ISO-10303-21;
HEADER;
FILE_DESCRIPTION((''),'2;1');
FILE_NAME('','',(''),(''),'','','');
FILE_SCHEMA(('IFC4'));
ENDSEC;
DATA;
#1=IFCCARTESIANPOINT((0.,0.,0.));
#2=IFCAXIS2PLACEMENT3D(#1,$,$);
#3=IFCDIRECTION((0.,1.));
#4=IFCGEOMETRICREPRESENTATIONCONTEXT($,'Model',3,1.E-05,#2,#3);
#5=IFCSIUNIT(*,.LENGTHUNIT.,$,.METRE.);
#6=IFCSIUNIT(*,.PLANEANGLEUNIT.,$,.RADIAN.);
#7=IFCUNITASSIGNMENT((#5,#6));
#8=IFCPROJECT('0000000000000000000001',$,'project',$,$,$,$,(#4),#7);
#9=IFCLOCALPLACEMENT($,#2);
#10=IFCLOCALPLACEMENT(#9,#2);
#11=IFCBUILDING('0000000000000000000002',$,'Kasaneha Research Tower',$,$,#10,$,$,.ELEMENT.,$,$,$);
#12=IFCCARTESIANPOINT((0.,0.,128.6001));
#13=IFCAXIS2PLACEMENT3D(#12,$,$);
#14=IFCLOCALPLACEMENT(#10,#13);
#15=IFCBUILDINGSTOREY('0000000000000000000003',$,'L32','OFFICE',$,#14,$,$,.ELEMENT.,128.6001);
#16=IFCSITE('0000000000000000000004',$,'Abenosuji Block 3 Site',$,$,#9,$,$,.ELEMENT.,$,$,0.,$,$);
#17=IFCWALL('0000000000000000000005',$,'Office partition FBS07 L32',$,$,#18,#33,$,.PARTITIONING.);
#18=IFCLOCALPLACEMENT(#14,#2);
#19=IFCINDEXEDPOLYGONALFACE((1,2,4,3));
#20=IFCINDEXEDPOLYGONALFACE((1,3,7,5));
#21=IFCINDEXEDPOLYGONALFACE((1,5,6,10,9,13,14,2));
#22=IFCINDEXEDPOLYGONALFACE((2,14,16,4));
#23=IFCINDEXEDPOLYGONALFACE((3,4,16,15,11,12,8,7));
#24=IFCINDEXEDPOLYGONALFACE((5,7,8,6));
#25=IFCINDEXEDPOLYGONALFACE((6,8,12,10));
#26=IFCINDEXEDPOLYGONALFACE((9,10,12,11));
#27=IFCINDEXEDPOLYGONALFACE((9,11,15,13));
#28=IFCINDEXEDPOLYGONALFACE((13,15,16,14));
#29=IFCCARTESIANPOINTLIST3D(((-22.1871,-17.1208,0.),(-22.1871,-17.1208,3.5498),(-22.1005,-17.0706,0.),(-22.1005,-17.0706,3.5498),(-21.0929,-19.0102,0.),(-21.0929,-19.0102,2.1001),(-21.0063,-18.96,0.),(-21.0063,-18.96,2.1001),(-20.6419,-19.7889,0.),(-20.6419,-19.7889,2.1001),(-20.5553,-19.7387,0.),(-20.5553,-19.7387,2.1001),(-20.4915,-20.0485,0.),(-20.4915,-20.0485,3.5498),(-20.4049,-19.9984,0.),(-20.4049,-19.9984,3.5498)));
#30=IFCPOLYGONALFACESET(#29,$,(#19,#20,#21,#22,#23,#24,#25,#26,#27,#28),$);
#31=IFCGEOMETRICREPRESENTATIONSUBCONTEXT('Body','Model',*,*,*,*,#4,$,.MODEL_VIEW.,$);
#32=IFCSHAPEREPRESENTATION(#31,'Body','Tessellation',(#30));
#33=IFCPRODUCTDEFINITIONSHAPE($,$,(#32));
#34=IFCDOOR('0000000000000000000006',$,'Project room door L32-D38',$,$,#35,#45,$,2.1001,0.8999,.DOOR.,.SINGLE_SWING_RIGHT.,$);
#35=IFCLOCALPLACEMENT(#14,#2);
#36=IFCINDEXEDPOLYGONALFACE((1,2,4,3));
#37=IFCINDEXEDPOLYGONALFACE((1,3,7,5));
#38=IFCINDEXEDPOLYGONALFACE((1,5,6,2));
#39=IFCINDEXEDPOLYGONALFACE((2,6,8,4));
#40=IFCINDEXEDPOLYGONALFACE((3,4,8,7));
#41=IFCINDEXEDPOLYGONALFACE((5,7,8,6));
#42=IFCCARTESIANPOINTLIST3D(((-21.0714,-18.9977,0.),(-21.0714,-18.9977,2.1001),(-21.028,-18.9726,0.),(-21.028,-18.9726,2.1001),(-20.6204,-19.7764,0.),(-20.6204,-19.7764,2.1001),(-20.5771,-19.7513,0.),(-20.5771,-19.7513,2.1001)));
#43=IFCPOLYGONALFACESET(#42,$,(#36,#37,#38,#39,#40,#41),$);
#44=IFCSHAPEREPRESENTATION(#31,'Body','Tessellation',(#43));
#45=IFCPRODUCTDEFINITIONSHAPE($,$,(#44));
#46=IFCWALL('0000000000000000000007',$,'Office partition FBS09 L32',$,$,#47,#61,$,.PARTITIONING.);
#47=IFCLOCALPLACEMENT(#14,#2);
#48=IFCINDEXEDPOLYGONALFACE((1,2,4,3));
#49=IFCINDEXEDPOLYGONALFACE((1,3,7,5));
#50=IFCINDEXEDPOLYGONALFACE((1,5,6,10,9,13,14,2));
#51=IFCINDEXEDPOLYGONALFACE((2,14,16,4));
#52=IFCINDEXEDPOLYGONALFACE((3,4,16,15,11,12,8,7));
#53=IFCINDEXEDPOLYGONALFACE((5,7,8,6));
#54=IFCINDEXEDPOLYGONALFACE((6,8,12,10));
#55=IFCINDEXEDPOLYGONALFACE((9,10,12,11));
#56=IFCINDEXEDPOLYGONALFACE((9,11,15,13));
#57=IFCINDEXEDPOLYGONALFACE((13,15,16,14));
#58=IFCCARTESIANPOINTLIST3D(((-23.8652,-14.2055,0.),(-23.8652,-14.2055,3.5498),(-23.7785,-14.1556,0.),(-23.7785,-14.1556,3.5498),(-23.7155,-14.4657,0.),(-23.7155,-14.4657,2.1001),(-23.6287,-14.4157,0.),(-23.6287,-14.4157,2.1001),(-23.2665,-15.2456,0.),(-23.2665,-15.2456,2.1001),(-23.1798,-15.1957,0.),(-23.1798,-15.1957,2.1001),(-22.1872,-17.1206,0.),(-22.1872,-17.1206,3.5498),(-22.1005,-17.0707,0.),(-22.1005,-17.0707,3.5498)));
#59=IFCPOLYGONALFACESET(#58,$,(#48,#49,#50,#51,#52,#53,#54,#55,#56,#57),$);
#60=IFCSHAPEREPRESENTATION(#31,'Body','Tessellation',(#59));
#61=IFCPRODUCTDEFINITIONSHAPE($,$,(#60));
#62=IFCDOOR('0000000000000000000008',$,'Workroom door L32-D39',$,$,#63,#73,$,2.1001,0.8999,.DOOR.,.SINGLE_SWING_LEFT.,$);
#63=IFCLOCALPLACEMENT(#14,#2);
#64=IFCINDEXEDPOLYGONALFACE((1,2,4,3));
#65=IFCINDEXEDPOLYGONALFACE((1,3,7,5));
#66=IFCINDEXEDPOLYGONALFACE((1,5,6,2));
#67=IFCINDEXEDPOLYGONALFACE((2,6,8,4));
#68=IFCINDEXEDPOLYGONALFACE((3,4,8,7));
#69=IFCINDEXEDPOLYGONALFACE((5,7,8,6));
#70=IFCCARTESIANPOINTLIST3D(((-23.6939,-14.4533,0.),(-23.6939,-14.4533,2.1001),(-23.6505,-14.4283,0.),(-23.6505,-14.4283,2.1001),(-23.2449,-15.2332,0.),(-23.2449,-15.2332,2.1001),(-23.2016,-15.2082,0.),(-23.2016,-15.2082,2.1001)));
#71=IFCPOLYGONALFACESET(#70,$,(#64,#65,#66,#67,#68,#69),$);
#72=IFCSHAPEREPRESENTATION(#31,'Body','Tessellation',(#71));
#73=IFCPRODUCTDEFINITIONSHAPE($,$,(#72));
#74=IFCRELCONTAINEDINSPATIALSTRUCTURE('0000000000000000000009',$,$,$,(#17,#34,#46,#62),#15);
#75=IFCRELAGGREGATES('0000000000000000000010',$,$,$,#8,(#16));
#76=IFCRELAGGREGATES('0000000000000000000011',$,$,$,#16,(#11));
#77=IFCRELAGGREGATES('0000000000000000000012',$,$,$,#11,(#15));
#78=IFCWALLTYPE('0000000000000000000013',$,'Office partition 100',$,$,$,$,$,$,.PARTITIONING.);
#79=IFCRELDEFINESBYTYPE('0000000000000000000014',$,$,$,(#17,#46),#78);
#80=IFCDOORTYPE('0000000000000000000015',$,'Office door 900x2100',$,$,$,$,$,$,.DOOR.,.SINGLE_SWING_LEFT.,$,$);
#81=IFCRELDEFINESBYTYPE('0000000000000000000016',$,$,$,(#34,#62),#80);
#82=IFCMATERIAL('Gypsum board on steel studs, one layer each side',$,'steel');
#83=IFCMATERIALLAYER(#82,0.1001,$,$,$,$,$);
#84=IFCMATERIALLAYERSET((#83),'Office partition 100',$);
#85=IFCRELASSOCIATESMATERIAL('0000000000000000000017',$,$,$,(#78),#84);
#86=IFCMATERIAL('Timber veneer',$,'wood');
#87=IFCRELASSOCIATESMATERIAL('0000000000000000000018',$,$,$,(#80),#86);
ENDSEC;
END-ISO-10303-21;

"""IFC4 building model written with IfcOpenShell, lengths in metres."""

from ifc_helpers import new_model, si_unit, direction, frame, frame_2d, origin, place, context, subcontext, project, spatial, rectangle, extrude, material, layer, layer_set, type_object, element, fill, save


model = new_model("IFC4")

# Units and contexts
model_context = context("Model", 3, precision=1e-05, world=origin(), true_north=direction((0.0, 1.0)))
body_context = subcontext(model_context, "Body", "Model", "MODEL_VIEW")
ifc_project = project(units=[si_unit("LENGTHUNIT", "METRE"), si_unit("PLANEANGLEUNIT", "RADIAN")], contexts=[model_context])

# Site, building, storey
site_placement = place(None, origin())
site = spatial("IfcSite", under=ifc_project, at=site_placement, Name="Abenosuji Block 3 Site", CompositionType="ELEMENT", RefElevation=0.0)
building_placement = place(site_placement, origin())
building = spatial("IfcBuilding", under=site, at=building_placement, Name="Kasaneha Research Tower", CompositionType="ELEMENT")
storey_placement = place(building_placement, frame((0.0, 0.0, 128.6001)))
storey = spatial("IfcBuildingStorey", under=building, at=storey_placement, Name="L32", Description="OFFICE", CompositionType="ELEMENT", Elevation=128.6001)

# Shared definitions
ifc_material_1 = material(Name="Gypsum board on steel studs, one layer each side", Category="steel")
ifc_layer_1 = layer(ifc_material_1, 0.1001)
ifc_layer_set_1 = layer_set([ifc_layer_1], Name="Office partition 100")
wall_type = type_object("IfcWallType", Name="Office partition 100", PredefinedType="PARTITIONING", material=ifc_layer_set_1)

# Walls, openings, doors
wall_1_placement = place(storey_placement, frame((-22.1438, -17.0957, 0.0), z_axis=(0.0, 0.0, 1.0), x_axis=(0.501159, -0.865355, 0.0)))
wall_1 = element("IfcWall", 1, at=wall_1_placement, inside=storey, type_object=wall_type, Name="Office partition FBS07 L32", PredefinedType="PARTITIONING", context=body_context, shape_type="SweptSolid", body=[
    extrude(rectangle(XDim=3.3833, YDim=0.1001, at=frame_2d((1.6917, 0.0))), origin(), (0.0, 0.0, 1.0), 3.5498),
])
opening_1_placement = place(wall_1_placement, frame((2.1833, 0.0, 0.0)))
opening_1 = element("IfcOpeningElement", 2, at=opening_1_placement, cuts=wall_1, PredefinedType="OPENING", context=body_context, shape_type="SweptSolid", body=[
    extrude(rectangle(XDim=0.8999, YDim=2.1001, at=frame_2d((0.45, 1.05))), frame((0.0, 0.0601, 0.0), z_axis=(0.0, -1.0, 0.0), x_axis=(1.0, 0.0, 0.0)), (0.0, 0.0, 1.0), 0.1201),
])
ifc_material_2 = material(Name="Timber veneer", Category="wood")
door_type = type_object("IfcDoorType", Name="Office door 900x2100", OperationType="SINGLE_SWING_LEFT", PredefinedType="DOOR", material=ifc_material_2)
door_1_placement = place(opening_1_placement, origin())
door_1 = element("IfcDoor", 3, at=door_1_placement, inside=storey, type_object=door_type, Name="Project room door L32-D38", OperationType="SINGLE_SWING_RIGHT", OverallHeight=2.1001, OverallWidth=0.8999, PredefinedType="DOOR", context=body_context, shape_type="SweptSolid", body=[
    extrude(rectangle(XDim=0.8999, YDim=2.1001, at=frame_2d((0.45, 1.05))), frame((0.0, 0.0249, 0.0), z_axis=(0.0, -1.0, 0.0), x_axis=(1.0, 0.0, 0.0)), (0.0, 0.0, 1.0), 0.05),
])
fill(opening_1, door_1)
wall_2_placement = place(storey_placement, frame((-23.8218, -14.1807, 0.0), z_axis=(0.0, 0.0, 1.0), x_axis=(0.49888, -0.866671, 0.0)))
wall_2 = element("IfcWall", 4, at=wall_2_placement, inside=storey, type_object=wall_type, Name="Office partition FBS09 L32", PredefinedType="PARTITIONING", context=body_context, shape_type="SweptSolid", body=[
    extrude(rectangle(XDim=3.3635, YDim=0.1001, at=frame_2d((1.6816, 0.0))), origin(), (0.0, 0.0, 1.0), 3.5498),
])
opening_2_placement = place(wall_2_placement, frame((0.3, 0.0, 0.0)))
opening_2 = element("IfcOpeningElement", 5, at=opening_2_placement, cuts=wall_2, PredefinedType="OPENING", context=body_context, shape_type="SweptSolid", body=[
    extrude(rectangle(XDim=0.8999, YDim=2.1001, at=frame_2d((0.45, 1.05))), frame((0.0, 0.0601, 0.0), z_axis=(0.0, -1.0, 0.0), x_axis=(1.0, 0.0, 0.0)), (0.0, 0.0, 1.0), 0.1201),
])
door_2_placement = place(opening_2_placement, origin())
door_2 = element("IfcDoor", 6, at=door_2_placement, inside=storey, type_object=door_type, Name="Workroom door L32-D39", OperationType="SINGLE_SWING_LEFT", OverallHeight=2.1001, OverallWidth=0.8999, PredefinedType="DOOR", context=body_context, shape_type="SweptSolid", body=[
    extrude(rectangle(XDim=0.8999, YDim=2.1001, at=frame_2d((0.45, 1.05))), frame((0.0, 0.0249, 0.0), z_axis=(0.0, -1.0, 0.0), x_axis=(1.0, 0.0, 0.0)), (0.0, 0.0, 1.0), 0.05),
])
fill(opening_2, door_2)

save(model, "model.ifc")
